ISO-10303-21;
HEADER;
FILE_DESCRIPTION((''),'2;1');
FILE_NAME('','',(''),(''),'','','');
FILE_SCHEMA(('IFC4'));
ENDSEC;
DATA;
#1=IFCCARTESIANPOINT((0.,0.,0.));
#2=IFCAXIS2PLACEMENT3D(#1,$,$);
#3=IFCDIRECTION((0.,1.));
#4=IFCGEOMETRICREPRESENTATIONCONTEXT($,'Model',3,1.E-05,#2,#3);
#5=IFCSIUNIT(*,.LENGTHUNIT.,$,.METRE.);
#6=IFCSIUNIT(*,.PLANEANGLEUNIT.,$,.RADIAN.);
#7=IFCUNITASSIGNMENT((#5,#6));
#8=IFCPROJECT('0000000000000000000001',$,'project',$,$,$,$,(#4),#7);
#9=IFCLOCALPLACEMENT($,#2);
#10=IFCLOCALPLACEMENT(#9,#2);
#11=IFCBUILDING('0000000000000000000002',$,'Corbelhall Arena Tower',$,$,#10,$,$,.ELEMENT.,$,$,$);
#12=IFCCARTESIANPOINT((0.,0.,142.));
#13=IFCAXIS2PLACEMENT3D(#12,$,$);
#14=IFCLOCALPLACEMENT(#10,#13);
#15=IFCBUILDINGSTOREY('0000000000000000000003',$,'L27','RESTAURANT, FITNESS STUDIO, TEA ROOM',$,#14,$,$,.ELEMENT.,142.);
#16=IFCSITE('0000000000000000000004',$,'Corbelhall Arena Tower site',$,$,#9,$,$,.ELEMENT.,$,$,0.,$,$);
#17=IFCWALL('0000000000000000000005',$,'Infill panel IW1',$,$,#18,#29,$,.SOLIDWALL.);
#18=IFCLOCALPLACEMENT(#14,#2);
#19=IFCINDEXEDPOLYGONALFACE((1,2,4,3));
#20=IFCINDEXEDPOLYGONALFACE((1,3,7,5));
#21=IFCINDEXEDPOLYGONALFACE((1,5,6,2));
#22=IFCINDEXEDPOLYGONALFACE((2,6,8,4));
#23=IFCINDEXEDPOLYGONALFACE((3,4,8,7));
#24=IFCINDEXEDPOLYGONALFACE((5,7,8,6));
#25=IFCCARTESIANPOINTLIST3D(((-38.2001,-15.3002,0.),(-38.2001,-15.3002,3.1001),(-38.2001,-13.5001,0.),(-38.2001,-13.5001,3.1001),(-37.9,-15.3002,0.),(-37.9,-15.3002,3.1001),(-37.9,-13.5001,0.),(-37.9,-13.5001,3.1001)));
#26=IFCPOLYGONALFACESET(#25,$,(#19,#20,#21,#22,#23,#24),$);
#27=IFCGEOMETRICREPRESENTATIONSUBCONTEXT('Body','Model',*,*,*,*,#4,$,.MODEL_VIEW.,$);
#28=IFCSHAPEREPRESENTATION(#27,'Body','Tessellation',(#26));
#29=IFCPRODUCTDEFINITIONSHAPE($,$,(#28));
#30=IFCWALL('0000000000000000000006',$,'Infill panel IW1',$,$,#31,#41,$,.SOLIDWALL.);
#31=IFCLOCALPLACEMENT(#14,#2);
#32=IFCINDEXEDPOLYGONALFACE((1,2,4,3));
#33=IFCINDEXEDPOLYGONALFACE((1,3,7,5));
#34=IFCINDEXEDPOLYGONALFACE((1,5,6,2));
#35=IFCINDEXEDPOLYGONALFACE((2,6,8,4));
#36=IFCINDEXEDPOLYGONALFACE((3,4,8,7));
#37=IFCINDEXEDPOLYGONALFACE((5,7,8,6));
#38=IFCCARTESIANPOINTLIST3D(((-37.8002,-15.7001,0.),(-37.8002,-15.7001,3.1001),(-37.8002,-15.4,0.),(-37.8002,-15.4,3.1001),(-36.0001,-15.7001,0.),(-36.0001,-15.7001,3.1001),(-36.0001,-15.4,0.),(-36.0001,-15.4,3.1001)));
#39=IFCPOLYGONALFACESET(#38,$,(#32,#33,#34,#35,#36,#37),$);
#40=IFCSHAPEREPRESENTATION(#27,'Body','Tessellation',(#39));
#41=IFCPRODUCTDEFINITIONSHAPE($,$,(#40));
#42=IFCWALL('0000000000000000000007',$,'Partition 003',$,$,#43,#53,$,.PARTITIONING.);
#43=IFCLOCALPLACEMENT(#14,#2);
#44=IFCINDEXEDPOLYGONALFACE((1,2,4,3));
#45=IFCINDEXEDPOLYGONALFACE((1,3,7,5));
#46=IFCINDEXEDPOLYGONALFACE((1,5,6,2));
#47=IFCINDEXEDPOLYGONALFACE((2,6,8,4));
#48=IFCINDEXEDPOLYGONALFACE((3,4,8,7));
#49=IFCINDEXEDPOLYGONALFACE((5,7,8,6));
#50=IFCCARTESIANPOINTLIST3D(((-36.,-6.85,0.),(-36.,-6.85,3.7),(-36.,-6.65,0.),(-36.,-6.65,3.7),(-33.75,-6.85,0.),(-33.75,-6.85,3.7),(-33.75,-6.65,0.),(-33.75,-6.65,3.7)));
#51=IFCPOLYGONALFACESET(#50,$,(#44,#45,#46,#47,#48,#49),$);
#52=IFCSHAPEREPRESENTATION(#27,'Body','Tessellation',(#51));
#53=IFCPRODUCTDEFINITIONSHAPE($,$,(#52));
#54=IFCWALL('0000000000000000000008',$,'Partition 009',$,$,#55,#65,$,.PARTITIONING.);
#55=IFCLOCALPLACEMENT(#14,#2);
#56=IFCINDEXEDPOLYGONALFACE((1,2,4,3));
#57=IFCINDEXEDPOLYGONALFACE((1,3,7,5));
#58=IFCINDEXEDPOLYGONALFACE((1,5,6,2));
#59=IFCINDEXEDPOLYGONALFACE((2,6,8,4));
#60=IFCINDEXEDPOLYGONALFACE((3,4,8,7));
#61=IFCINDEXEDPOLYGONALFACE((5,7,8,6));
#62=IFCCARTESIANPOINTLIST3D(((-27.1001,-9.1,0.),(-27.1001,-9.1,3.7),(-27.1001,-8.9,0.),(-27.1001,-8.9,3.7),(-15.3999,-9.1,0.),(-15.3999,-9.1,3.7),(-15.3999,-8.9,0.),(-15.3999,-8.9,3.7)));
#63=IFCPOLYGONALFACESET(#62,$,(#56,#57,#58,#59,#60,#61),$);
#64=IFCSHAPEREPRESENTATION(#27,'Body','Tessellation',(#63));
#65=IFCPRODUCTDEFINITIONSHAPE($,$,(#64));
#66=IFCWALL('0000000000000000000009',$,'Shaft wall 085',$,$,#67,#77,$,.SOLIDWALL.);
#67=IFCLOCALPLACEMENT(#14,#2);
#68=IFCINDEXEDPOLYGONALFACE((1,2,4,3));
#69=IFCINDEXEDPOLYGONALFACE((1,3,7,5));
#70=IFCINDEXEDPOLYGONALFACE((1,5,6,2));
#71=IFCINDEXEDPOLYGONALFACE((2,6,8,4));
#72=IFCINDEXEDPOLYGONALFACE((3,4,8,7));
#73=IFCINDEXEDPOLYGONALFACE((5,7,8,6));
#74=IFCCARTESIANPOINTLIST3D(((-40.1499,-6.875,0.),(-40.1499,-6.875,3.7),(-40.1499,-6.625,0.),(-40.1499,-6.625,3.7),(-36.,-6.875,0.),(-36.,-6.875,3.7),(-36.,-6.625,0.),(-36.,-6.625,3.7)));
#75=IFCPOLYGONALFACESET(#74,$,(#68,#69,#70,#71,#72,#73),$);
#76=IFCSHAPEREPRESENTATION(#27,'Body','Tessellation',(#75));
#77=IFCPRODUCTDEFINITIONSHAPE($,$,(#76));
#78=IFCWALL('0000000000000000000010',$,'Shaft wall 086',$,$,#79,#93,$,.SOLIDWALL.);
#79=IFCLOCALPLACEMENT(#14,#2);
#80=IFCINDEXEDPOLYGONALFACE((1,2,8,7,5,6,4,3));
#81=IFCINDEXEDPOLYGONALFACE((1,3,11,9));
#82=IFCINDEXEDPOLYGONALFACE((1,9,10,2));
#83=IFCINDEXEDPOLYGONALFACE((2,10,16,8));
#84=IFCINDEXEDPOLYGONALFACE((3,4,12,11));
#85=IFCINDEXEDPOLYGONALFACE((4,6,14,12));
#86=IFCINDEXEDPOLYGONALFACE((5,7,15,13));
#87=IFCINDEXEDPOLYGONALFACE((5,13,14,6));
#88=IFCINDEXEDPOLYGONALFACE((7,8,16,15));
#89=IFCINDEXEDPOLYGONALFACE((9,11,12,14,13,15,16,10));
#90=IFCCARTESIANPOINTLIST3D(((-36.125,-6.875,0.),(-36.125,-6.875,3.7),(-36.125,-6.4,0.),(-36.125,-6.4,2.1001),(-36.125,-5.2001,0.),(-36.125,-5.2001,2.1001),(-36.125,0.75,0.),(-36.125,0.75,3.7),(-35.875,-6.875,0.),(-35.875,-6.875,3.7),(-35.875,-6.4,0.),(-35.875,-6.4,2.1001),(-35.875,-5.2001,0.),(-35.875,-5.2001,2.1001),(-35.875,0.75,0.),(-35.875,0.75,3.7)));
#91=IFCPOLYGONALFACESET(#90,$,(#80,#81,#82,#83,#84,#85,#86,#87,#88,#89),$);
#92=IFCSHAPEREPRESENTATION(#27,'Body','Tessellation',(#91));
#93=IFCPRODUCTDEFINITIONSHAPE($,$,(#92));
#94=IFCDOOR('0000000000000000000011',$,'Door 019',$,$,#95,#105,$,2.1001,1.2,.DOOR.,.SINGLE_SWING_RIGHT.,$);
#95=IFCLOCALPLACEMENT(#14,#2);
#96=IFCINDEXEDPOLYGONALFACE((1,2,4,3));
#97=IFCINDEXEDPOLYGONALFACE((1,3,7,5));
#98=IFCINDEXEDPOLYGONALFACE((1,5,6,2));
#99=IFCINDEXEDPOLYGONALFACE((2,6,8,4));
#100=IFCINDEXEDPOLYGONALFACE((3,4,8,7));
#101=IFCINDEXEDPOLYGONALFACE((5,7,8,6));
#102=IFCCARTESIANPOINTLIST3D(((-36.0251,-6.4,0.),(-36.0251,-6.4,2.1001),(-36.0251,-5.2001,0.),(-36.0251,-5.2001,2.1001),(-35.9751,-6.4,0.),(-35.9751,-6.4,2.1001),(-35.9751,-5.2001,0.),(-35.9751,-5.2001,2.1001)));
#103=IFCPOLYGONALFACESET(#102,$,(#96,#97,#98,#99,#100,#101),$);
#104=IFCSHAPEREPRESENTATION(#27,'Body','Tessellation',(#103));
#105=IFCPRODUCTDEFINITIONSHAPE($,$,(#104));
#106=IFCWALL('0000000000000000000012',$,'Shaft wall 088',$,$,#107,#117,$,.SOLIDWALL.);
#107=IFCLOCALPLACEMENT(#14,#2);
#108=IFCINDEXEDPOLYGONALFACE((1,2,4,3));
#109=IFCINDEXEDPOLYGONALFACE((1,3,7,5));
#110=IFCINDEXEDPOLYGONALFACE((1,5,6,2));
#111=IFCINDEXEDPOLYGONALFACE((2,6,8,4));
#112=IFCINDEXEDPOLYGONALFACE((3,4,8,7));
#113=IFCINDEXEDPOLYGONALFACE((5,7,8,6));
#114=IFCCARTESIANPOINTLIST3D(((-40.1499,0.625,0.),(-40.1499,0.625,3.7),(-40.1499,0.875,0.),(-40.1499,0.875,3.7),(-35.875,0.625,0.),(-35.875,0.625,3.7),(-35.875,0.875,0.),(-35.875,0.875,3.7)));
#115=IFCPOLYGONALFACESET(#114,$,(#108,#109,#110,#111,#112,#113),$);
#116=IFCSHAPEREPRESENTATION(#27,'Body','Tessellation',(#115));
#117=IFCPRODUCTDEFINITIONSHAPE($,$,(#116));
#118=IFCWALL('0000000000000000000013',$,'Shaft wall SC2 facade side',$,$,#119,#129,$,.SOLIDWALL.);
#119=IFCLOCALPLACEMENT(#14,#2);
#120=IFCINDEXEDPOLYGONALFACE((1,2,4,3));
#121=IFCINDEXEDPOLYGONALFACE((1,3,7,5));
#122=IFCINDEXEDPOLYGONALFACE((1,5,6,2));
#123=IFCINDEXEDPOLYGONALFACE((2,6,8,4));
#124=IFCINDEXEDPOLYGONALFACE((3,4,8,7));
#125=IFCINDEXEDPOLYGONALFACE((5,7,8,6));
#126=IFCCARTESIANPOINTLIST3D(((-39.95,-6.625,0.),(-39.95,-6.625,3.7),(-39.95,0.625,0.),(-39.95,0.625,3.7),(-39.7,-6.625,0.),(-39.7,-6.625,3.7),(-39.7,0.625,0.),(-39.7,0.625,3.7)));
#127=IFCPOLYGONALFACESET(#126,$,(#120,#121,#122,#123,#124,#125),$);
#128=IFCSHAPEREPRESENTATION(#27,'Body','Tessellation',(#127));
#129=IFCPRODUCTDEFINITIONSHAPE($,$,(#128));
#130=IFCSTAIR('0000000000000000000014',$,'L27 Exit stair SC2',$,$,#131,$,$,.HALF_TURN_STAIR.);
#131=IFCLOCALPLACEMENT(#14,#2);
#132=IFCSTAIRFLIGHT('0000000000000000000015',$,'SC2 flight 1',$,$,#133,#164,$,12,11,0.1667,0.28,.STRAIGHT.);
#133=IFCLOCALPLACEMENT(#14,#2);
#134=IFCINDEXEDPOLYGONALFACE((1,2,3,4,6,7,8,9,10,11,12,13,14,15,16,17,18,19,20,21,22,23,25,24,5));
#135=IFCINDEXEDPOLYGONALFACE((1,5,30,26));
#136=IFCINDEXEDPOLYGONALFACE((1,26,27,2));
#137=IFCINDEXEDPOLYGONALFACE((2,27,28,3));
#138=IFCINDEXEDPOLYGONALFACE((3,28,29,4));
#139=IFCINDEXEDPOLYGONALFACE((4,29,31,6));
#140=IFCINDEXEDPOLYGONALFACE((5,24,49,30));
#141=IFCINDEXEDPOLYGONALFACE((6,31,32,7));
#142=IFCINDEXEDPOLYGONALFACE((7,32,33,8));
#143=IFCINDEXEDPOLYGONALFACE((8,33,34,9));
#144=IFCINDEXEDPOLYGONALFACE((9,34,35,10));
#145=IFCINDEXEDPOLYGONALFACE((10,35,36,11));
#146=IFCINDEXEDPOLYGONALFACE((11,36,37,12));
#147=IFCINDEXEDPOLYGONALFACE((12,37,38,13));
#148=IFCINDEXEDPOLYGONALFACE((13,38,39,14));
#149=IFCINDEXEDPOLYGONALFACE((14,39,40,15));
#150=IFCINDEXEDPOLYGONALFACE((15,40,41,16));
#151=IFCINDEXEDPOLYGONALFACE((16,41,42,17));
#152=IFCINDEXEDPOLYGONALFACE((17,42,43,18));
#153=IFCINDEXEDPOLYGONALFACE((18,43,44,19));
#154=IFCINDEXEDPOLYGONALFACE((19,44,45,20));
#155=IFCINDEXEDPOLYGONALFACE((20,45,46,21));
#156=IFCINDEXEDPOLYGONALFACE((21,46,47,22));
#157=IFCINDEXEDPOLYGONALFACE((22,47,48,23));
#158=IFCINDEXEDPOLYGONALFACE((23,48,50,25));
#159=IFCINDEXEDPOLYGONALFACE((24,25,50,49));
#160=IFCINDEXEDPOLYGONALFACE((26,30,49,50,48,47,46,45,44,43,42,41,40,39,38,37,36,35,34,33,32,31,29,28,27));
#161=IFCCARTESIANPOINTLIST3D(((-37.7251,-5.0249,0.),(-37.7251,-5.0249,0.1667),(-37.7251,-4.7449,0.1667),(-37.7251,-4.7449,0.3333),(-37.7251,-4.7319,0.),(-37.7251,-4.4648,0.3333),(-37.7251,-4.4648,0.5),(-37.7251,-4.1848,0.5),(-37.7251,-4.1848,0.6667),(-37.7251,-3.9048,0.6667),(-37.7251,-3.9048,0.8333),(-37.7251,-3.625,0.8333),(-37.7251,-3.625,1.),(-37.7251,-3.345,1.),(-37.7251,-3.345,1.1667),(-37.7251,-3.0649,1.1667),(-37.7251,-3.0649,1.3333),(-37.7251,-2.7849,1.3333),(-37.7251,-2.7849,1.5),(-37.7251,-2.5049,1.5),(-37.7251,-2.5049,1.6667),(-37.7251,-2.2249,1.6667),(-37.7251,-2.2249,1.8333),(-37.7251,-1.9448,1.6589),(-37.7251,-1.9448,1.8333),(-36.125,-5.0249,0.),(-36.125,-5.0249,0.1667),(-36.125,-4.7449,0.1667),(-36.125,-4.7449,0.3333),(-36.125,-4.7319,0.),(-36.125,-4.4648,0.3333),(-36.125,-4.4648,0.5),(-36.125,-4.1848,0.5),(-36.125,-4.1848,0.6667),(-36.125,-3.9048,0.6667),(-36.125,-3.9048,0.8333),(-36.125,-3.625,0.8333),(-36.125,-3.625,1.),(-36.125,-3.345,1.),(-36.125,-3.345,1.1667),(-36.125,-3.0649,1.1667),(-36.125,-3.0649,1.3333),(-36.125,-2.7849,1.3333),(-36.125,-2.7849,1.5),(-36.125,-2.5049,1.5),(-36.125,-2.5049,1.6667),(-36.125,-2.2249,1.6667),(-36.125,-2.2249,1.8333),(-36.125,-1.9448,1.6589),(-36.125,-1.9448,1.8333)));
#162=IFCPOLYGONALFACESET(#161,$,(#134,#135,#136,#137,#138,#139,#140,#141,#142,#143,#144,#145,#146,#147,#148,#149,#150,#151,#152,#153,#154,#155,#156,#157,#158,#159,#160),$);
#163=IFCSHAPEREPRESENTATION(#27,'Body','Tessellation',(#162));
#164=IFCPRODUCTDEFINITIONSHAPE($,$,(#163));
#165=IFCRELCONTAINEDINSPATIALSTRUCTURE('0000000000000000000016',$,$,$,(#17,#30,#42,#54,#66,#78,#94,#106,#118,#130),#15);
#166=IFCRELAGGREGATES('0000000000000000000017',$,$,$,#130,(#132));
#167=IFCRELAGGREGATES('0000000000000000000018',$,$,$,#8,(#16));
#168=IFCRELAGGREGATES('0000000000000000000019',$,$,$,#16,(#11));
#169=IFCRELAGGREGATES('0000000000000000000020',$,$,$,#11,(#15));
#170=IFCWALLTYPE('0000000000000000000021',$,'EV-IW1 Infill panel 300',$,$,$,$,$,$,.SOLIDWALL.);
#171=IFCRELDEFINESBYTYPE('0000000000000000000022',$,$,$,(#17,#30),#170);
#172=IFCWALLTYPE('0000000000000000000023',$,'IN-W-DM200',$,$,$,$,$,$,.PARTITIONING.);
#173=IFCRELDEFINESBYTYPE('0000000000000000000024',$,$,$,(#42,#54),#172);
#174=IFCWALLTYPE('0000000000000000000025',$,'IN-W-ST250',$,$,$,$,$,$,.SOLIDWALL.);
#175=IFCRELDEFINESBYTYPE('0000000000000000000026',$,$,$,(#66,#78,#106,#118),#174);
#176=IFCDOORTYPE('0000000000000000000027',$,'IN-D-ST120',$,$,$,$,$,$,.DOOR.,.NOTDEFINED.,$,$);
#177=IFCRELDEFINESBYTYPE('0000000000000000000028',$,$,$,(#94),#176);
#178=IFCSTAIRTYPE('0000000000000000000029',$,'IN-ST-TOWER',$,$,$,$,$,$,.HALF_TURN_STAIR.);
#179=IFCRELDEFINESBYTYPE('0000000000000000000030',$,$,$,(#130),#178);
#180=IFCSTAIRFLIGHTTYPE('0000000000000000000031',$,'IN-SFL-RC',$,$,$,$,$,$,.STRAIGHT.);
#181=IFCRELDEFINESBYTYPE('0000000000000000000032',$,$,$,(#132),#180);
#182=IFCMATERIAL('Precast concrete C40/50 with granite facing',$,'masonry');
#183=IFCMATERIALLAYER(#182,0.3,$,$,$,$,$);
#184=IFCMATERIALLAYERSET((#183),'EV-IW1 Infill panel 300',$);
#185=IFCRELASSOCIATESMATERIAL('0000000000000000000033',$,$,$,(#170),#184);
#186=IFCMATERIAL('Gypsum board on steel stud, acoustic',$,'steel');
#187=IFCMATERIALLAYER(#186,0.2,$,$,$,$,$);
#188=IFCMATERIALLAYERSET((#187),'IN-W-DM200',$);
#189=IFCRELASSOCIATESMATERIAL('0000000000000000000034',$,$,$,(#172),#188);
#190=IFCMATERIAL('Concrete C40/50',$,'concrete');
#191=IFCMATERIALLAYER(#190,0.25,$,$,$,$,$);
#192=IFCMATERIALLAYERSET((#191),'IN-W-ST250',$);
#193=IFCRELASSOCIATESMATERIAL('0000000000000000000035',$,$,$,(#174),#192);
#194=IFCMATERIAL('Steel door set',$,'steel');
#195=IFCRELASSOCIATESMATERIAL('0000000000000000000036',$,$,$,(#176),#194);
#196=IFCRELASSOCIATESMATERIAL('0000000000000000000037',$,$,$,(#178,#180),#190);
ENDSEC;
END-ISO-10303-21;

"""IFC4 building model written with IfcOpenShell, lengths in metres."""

from ifc_helpers import new_model, si_unit, direction, frame, frame_2d, origin, place, context, subcontext, project, spatial, polyline, rectangle, outline, extrude, material, layer, layer_set, type_object, element, fill, aggregate, save


model = new_model("IFC4")

# Units and contexts
model_context = context("Model", 3, precision=1e-05, world=origin(), true_north=direction((0.0, 1.0)))
body_context = subcontext(model_context, "Body", "Model", "MODEL_VIEW")
ifc_project = project(units=[si_unit("LENGTHUNIT", "METRE"), si_unit("PLANEANGLEUNIT", "RADIAN")], contexts=[model_context])

# Site, building, storey
site_placement = place(None, origin())
site = spatial("IfcSite", under=ifc_project, at=site_placement, Name="Corbelhall Arena Tower site", CompositionType="ELEMENT", RefElevation=0.0)
building_placement = place(site_placement, origin())
building = spatial("IfcBuilding", under=site, at=building_placement, Name="Corbelhall Arena Tower", CompositionType="ELEMENT")
storey_placement = place(building_placement, frame((0.0, 0.0, 142.0)))
storey = spatial("IfcBuildingStorey", under=building, at=storey_placement, Name="L27", Description="RESTAURANT, FITNESS STUDIO, TEA ROOM", CompositionType="ELEMENT", Elevation=142.0)

# Walls
ifc_material_1 = material(Name="Precast concrete C40/50 with granite facing", Category="masonry")
ifc_layer_1 = layer(ifc_material_1, 0.3)
ifc_layer_set_1 = layer_set([ifc_layer_1], Name="EV-IW1 Infill panel 300")
wall_type_1 = type_object("IfcWallType", Name="EV-IW1 Infill panel 300", PredefinedType="SOLIDWALL", material=ifc_layer_set_1)
for number, where, z_axis, x_axis, name in (
    (1, (-38.05, -15.3, 0.0), (0.0, 0.0, 1.0), (0.0, 1.0, 0.0), "Infill panel IW1"),
    (2, (-37.8, -15.55, 0.0), (0.0, 0.0, 1.0), (1.0, 0.0, 0.0), "Infill panel IW1"),
):
    element("IfcWall", number, at=place(storey_placement, frame(where, z_axis=z_axis, x_axis=x_axis)), inside=storey, type_object=wall_type_1, Name=name, PredefinedType="SOLIDWALL", context=body_context, shape_type="SweptSolid", body=[
        extrude(rectangle(XDim=1.8, YDim=0.3, at=frame_2d((0.8999, 0.0))), origin(), (0.0, 0.0, 1.0), 3.1001),
    ])

# Walls
ifc_material_2 = material(Name="Gypsum board on steel stud, acoustic", Category="steel")
ifc_layer_2 = layer(ifc_material_2, 0.2)
ifc_layer_set_2 = layer_set([ifc_layer_2], Name="IN-W-DM200")
wall_type_2 = type_object("IfcWallType", Name="IN-W-DM200", PredefinedType="PARTITIONING", material=ifc_layer_set_2)
wall_1_placement = place(storey_placement, frame((-33.75, -6.75, 0.0), z_axis=(0.0, 0.0, 1.0), x_axis=(-1.0, 0.0, 0.0)))
element("IfcWall", 3, at=wall_1_placement, inside=storey, type_object=wall_type_2, Name="Partition 003", PredefinedType="PARTITIONING", context=body_context, shape_type="SweptSolid", body=[
    extrude(rectangle(XDim=2.25, YDim=0.2, at=frame_2d((1.125, 0.0))), origin(), (0.0, 0.0, 1.0), 3.7),
])
wall_2_placement = place(storey_placement, frame((-27.1001, -9.0, 0.0), z_axis=(0.0, 0.0, 1.0), x_axis=(1.0, 0.0, 0.0)))
element("IfcWall", 4, at=wall_2_placement, inside=storey, type_object=wall_type_2, Name="Partition 009", PredefinedType="PARTITIONING", context=body_context, shape_type="SweptSolid", body=[
    extrude(rectangle(XDim=11.7002, YDim=0.2, at=frame_2d((5.8501, 0.0))), origin(), (0.0, 0.0, 1.0), 3.7),
])
ifc_material_3 = material(Name="Concrete C40/50", Category="concrete")
ifc_layer_3 = layer(ifc_material_3, 0.25)
ifc_layer_set_3 = layer_set([ifc_layer_3], Name="IN-W-ST250")
wall_type_3 = type_object("IfcWallType", Name="IN-W-ST250", PredefinedType="SOLIDWALL", material=ifc_layer_set_3)
wall_3_placement = place(storey_placement, frame((-36.0, -6.75, 0.0), z_axis=(0.0, 0.0, 1.0), x_axis=(-1.0, 0.0, 0.0)))
element("IfcWall", 5, at=wall_3_placement, inside=storey, type_object=wall_type_3, Name="Shaft wall 085", PredefinedType="SOLIDWALL", context=body_context, shape_type="SweptSolid", body=[
    extrude(rectangle(XDim=4.1499, YDim=0.25, at=frame_2d((2.075, 0.0))), origin(), (0.0, 0.0, 1.0), 3.7),
])

# Wall, opening, door
wall_4_placement = place(storey_placement, frame((-36.0, 0.75, 0.0), z_axis=(0.0, 0.0, 1.0), x_axis=(0.0, -1.0, 0.0)))
wall_4 = element("IfcWall", 6, at=wall_4_placement, inside=storey, type_object=wall_type_3, Name="Shaft wall 086", PredefinedType="SOLIDWALL", context=body_context, shape_type="SweptSolid", body=[
    extrude(rectangle(XDim=7.625, YDim=0.25, at=frame_2d((3.8125, 0.0))), origin(), (0.0, 0.0, 1.0), 3.7),
])
opening_1_placement = place(wall_4_placement, frame((5.95, 0.0, 0.0)))
opening_1 = element("IfcOpeningElement", 7, at=opening_1_placement, cuts=wall_4, PredefinedType="OPENING", context=body_context, shape_type="SweptSolid", body=[
    extrude(rectangle(XDim=1.2, YDim=2.1001, at=frame_2d((0.6001, 1.05))), frame((0.0, 0.125, 0.0), z_axis=(0.0, -1.0, 0.0), x_axis=(1.0, 0.0, 0.0)), (0.0, 0.0, 1.0), 0.25),
])
ifc_material_4 = material(Name="Steel door set", Category="steel")
door_type = type_object("IfcDoorType", Name="IN-D-ST120", OperationType="NOTDEFINED", PredefinedType="DOOR", material=ifc_material_4)
door_placement = place(opening_1_placement, origin())
door = element("IfcDoor", 8, at=door_placement, inside=storey, type_object=door_type, Name="Door 019", OperationType="SINGLE_SWING_RIGHT", OverallHeight=2.1001, OverallWidth=1.2, PredefinedType="DOOR", context=body_context, shape_type="SweptSolid", body=[
    extrude(rectangle(XDim=1.2, YDim=2.1001, at=frame_2d((0.6001, 1.05))), frame((0.0, 0.0249, 0.0), z_axis=(0.0, -1.0, 0.0), x_axis=(1.0, 0.0, 0.0)), (0.0, 0.0, 1.0), 0.05),
])
fill(opening_1, door)

# Walls
wall_5_placement = place(storey_placement, frame((-35.875, 0.75, 0.0), z_axis=(0.0, 0.0, 1.0), x_axis=(-1.0, 0.0, 0.0)))
element("IfcWall", 9, at=wall_5_placement, inside=storey, type_object=wall_type_3, Name="Shaft wall 088", PredefinedType="SOLIDWALL", context=body_context, shape_type="SweptSolid", body=[
    extrude(rectangle(XDim=4.2749, YDim=0.25, at=frame_2d((2.1375, 0.0))), origin(), (0.0, 0.0, 1.0), 3.7),
])
wall_6_placement = place(storey_placement, frame((-39.825, -6.625, 0.0), z_axis=(0.0, 0.0, 1.0), x_axis=(0.0, 1.0, 0.0)))
element("IfcWall", 10, at=wall_6_placement, inside=storey, type_object=wall_type_3, Name="Shaft wall SC2 facade side", PredefinedType="SOLIDWALL", context=body_context, shape_type="SweptSolid", body=[
    extrude(rectangle(XDim=7.25, YDim=0.25, at=frame_2d((3.625, 0.0))), origin(), (0.0, 0.0, 1.0), 3.7),
])

# Stair, stair flight
stair_type = type_object("IfcStairType", Name="IN-ST-TOWER", PredefinedType="HALF_TURN_STAIR", material=ifc_material_3)
stair_placement = place(storey_placement, origin())
stair = element("IfcStair", 11, at=stair_placement, inside=storey, type_object=stair_type, Name="L27 Exit stair SC2", PredefinedType="HALF_TURN_STAIR")
stair_flight_type = type_object("IfcStairFlightType", Name="IN-SFL-RC", PredefinedType="STRAIGHT", material=ifc_material_3)
stair_flight_1_placement = place(storey_placement, frame((-36.925, -5.0249, 0.0), z_axis=(0.0, 0.0, 1.0), x_axis=(0.0, 1.0, 0.0)))
stair_flight_1 = element("IfcStairFlight", 12, at=stair_flight_1_placement, type_object=stair_flight_type, Name="SC2 flight 1", NumberOfRisers=12, NumberOfTreads=11, PredefinedType="STRAIGHT", RiserHeight=0.1667, TreadLength=0.28, context=body_context, shape_type="SweptSolid", body=[
    extrude(outline(polyline([(0.0, 0.0), (0.0, 0.1667), (0.28, 0.1667), (0.28, 0.3333), (0.5601, 0.3333), (0.5601, 0.5), (0.8401, 0.5), (0.8401, 0.6667), (1.1201, 0.6667), (1.1201, 0.8333), (1.3999, 0.8333), (1.3999, 1.0), (1.6799, 1.0), (1.6799, 1.1667), (1.96, 1.1667), (1.96, 1.3333), (2.24, 1.3333), (2.24, 1.5), (2.52, 1.5), (2.52, 1.6667), (2.8, 1.6667), (2.8, 1.8333), (3.0801, 1.8333), (3.0801, 2.0), (3.0801, 1.6589), (0.293, 0.0), (0.0, 0.0)])), frame((0.0, 0.8, 0.0), z_axis=(0.0, -1.0, 0.0), x_axis=(1.0, 0.0, 0.0)), (0.0, 0.0, 1.0), 1.6001),
])
aggregate(stair, [stair_flight_1])

save(model, "model.ifc")
